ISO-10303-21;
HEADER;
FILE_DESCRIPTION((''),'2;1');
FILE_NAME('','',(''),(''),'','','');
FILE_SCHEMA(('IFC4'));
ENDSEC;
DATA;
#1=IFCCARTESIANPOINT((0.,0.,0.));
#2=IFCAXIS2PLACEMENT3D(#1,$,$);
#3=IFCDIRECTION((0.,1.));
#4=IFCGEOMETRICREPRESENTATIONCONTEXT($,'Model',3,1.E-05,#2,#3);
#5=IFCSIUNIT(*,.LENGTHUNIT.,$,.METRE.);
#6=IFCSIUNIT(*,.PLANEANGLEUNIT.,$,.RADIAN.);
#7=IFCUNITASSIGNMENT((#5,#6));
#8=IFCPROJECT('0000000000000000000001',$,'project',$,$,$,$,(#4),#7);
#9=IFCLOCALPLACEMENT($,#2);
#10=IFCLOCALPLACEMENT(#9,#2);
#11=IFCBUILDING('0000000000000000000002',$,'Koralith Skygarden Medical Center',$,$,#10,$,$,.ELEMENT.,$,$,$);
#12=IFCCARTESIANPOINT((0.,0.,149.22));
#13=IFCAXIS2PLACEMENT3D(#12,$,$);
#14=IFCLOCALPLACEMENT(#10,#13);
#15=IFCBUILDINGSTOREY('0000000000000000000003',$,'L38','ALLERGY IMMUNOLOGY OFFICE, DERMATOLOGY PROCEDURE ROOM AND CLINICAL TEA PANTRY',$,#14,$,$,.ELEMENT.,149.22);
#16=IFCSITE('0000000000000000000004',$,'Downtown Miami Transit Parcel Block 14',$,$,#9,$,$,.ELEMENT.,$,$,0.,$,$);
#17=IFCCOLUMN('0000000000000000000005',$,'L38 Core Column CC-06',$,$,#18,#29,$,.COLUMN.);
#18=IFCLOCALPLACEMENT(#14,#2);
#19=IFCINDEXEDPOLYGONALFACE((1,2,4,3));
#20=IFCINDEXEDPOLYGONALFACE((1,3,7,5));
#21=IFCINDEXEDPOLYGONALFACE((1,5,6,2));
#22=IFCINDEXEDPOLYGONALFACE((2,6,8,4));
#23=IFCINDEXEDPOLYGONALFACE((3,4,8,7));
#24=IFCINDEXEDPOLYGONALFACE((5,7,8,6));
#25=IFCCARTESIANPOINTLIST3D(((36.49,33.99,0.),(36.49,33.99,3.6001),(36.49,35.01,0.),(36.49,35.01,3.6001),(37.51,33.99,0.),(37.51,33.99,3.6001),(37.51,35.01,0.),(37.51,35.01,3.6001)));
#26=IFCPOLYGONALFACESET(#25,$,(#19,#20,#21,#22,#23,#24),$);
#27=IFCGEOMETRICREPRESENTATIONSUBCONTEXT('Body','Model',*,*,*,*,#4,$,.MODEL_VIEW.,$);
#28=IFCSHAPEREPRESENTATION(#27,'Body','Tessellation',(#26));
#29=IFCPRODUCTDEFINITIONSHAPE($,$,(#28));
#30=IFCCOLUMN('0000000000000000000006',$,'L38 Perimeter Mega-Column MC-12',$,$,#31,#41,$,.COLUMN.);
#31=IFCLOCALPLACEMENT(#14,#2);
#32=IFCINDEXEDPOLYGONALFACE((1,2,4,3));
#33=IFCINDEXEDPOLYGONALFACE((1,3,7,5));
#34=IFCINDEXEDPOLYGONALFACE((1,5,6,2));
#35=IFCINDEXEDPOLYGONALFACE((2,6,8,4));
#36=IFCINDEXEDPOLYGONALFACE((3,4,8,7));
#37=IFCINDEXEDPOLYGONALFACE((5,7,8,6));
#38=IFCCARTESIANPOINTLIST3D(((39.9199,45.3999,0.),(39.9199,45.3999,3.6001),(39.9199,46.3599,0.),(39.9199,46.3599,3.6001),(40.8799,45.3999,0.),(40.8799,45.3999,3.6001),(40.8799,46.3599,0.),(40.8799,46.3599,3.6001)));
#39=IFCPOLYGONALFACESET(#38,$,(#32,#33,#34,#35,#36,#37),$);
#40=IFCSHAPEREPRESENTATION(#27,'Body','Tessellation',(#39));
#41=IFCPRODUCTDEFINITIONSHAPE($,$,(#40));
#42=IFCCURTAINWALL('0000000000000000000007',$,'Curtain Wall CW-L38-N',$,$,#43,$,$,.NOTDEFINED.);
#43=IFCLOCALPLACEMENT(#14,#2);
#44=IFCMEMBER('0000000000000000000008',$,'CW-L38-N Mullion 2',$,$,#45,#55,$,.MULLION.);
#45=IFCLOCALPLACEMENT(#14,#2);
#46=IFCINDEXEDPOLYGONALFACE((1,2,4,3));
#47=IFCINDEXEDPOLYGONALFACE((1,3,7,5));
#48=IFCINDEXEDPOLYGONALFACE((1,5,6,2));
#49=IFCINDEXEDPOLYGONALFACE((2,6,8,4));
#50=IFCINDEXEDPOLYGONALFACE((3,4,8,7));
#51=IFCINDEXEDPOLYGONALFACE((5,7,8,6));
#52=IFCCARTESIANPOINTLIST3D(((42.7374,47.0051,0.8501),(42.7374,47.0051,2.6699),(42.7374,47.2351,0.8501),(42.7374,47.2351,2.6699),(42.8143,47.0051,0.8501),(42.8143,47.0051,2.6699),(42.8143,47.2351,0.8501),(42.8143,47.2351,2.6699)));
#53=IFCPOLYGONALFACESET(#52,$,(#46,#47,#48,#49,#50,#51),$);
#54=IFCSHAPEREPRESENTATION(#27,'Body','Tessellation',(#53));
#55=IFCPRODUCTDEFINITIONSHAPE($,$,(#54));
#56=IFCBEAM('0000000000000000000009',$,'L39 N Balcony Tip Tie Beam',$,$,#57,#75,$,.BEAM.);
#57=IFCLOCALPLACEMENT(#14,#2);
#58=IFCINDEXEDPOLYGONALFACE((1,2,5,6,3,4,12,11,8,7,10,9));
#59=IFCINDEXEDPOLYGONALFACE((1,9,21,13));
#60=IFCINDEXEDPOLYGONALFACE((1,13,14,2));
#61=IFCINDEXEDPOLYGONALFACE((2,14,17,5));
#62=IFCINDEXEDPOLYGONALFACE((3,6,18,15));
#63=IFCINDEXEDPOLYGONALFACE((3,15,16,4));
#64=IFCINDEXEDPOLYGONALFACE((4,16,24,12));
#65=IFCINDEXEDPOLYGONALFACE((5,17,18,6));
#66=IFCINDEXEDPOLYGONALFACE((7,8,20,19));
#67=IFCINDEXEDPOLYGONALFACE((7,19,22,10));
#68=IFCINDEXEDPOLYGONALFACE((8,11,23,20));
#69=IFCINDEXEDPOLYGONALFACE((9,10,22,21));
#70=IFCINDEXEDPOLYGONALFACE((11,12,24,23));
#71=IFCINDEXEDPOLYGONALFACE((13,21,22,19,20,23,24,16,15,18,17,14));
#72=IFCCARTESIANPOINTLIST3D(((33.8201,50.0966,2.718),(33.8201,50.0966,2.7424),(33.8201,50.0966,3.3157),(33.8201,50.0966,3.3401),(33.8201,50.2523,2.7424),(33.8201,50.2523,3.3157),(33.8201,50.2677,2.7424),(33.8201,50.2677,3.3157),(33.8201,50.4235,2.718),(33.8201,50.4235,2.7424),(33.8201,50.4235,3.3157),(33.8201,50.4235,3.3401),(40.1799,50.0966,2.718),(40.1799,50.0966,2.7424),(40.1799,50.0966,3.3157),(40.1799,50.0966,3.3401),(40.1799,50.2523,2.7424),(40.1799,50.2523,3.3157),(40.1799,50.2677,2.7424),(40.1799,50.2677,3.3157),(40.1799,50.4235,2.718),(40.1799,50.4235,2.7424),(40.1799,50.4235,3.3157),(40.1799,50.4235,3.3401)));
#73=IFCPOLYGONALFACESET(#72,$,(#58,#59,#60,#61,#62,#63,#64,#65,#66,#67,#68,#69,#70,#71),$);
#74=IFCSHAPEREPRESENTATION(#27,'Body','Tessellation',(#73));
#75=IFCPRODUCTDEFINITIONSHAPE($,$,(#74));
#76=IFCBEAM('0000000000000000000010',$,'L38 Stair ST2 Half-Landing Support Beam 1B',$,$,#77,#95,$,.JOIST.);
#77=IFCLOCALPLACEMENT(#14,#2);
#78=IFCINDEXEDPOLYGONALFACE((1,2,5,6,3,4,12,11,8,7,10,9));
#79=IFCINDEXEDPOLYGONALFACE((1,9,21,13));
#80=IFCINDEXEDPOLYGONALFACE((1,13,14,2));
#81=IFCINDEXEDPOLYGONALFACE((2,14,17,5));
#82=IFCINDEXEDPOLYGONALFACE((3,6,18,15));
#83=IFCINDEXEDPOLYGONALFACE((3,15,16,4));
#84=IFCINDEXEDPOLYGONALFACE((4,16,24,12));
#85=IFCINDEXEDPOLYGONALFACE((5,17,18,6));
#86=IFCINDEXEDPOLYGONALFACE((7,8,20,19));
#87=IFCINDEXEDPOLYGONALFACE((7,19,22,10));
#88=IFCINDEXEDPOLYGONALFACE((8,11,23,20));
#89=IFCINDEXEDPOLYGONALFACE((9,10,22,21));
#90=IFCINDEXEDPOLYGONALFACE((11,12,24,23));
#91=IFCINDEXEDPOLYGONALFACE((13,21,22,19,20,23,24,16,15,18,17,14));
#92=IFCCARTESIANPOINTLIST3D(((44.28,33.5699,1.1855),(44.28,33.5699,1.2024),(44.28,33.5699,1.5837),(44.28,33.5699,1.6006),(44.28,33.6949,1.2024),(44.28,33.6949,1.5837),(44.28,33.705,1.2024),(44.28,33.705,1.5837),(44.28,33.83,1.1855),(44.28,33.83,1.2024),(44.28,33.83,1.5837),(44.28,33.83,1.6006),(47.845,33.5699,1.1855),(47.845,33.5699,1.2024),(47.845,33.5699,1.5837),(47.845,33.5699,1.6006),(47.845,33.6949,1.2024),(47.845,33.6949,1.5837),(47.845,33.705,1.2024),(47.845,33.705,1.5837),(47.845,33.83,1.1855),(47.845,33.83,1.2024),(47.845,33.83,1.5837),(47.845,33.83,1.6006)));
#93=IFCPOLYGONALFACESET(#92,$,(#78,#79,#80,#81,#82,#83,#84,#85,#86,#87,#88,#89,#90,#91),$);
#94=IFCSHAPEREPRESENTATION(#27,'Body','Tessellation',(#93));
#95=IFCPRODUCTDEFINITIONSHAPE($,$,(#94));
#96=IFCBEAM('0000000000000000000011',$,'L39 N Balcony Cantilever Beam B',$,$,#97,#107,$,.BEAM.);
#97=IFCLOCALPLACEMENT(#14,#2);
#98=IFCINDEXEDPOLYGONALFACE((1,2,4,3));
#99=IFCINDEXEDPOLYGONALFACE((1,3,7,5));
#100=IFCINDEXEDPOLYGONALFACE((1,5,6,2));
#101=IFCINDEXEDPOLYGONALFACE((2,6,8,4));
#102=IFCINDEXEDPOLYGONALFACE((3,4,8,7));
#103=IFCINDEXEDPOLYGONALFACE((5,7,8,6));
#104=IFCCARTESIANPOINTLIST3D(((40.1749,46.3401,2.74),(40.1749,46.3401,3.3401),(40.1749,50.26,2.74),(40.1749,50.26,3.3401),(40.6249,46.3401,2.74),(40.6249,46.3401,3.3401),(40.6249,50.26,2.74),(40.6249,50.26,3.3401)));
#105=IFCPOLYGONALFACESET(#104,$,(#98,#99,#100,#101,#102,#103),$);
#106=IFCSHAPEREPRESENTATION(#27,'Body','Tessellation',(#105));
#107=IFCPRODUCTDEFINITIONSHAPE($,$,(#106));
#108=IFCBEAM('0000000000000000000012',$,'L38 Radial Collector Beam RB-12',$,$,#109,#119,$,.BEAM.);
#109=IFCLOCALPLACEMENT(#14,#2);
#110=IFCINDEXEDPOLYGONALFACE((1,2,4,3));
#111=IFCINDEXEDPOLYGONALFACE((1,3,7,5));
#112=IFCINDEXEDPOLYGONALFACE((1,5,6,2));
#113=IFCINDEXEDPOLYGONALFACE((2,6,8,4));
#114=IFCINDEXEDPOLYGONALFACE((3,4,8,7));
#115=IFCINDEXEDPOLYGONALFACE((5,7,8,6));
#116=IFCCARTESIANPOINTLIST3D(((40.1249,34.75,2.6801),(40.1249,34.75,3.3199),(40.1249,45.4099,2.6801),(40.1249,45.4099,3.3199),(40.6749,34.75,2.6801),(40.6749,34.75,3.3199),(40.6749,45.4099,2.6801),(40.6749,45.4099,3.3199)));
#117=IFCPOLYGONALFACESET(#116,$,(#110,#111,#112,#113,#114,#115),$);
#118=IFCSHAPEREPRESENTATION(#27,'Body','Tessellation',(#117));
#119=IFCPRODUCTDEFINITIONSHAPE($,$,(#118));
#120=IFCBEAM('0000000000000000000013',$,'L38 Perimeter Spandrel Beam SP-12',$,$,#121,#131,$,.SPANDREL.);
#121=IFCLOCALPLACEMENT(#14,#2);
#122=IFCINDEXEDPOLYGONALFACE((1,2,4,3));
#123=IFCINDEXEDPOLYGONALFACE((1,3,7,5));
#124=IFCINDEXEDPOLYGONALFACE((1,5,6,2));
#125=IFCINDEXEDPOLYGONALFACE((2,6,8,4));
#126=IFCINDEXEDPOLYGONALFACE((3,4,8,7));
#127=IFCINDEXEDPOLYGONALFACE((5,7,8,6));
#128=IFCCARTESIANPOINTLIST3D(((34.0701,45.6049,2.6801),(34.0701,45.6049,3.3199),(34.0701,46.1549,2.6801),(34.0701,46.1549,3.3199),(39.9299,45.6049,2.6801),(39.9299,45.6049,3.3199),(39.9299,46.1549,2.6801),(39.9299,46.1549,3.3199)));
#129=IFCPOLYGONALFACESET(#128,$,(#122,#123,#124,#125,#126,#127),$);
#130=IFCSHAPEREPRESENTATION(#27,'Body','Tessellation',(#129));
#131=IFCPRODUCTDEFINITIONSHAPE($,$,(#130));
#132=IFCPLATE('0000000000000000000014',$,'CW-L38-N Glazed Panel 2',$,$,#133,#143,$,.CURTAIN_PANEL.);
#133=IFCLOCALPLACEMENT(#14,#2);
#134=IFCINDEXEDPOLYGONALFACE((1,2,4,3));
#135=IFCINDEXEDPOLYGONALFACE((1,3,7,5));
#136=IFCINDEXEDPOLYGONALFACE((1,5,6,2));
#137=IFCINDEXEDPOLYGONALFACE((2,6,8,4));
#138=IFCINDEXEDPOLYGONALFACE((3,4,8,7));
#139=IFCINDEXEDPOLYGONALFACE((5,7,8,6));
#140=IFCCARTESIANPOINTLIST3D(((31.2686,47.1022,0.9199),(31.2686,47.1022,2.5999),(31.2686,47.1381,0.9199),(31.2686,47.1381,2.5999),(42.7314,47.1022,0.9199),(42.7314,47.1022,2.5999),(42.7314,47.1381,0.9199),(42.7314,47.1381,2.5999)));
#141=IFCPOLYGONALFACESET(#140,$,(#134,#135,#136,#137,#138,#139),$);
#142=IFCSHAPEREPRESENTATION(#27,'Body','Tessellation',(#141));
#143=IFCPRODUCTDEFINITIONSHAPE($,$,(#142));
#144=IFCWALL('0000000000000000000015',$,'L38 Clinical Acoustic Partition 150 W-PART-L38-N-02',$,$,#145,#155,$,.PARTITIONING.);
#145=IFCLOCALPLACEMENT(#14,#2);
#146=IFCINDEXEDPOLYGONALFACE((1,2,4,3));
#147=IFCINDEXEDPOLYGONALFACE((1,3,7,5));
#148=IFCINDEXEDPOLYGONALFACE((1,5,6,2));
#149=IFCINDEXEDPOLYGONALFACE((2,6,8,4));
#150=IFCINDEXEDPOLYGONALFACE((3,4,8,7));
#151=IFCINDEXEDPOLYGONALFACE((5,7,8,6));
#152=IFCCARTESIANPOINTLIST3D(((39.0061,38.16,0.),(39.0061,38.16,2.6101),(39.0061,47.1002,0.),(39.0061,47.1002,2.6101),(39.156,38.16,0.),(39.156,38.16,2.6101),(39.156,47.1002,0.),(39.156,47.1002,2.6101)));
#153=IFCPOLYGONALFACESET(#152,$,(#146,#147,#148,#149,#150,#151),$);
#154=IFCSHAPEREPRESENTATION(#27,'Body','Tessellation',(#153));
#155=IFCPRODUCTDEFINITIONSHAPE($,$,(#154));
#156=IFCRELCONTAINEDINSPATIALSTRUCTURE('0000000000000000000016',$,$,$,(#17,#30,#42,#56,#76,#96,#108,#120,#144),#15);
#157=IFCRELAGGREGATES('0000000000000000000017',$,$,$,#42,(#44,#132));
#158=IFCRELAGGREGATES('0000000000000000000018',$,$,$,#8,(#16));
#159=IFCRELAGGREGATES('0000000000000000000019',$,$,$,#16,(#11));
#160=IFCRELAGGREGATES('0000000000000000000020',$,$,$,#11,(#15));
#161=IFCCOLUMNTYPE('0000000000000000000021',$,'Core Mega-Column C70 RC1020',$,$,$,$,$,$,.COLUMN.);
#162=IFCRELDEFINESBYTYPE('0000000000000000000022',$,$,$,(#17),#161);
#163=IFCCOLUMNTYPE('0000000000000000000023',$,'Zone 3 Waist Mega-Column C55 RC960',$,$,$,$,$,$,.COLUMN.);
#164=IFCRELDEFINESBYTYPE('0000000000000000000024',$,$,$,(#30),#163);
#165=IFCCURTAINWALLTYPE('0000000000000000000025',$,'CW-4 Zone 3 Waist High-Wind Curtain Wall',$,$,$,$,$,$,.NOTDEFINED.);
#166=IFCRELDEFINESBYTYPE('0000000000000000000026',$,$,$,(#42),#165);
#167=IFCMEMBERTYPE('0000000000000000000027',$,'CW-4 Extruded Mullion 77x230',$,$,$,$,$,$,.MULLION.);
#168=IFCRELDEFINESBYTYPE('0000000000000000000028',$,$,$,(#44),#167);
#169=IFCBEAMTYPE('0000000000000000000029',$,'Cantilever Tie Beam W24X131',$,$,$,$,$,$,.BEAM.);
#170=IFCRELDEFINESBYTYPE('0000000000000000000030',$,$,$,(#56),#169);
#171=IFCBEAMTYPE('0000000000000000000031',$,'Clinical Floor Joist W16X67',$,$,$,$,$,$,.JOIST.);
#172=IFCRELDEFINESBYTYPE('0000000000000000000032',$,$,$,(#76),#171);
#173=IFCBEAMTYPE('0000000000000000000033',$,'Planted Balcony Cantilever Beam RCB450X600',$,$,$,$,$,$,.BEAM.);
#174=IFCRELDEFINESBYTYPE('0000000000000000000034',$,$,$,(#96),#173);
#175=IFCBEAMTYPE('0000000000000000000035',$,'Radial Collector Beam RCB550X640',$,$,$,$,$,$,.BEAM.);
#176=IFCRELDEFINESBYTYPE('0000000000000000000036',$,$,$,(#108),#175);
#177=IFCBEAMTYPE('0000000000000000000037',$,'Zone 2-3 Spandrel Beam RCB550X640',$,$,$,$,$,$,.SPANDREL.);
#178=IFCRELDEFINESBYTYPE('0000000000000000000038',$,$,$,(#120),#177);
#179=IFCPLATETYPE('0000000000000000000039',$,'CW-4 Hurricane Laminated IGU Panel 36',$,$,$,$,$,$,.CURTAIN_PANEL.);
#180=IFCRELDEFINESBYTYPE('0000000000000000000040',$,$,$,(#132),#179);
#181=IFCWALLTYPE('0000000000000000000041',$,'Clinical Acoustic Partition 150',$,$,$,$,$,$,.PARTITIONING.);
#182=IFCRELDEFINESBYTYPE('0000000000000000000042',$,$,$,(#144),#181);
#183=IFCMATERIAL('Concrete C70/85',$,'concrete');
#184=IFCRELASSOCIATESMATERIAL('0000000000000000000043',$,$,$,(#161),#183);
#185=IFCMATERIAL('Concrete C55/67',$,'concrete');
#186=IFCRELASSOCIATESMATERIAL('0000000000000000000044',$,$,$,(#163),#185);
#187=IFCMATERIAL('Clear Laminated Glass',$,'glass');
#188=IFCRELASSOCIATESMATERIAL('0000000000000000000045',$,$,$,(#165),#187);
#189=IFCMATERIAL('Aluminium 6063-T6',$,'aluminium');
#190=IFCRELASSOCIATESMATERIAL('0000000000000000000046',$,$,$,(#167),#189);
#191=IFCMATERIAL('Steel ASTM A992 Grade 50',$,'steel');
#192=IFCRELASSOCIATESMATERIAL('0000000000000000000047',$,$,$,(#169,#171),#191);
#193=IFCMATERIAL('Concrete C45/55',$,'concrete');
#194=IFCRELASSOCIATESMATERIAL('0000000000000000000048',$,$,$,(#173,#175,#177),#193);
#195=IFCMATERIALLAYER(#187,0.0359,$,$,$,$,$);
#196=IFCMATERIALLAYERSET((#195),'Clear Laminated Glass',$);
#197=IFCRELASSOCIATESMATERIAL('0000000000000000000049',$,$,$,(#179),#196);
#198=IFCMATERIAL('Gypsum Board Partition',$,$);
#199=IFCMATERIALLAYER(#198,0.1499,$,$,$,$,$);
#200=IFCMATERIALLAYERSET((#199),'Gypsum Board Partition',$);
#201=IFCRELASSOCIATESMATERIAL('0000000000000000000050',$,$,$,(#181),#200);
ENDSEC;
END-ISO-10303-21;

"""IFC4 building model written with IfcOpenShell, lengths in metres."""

from ifc_helpers import new_model, si_unit, direction, frame, frame_2d, origin, origin_2d, place, context, subcontext, project, spatial, rectangle, i_section, extrude, material, layer, layer_set, material_profile, profile_set, type_object, element, aggregate, save


model = new_model("IFC4")

# Units and contexts
model_context = context("Model", 3, precision=1e-05, world=origin(), true_north=direction((0.0, 1.0)))
body_context = subcontext(model_context, "Body", "Model", "MODEL_VIEW")
ifc_project = project(units=[si_unit("LENGTHUNIT", "METRE"), si_unit("PLANEANGLEUNIT", "RADIAN")], contexts=[model_context])

# Site, building, storey
site_placement = place(None, origin())
site = spatial("IfcSite", under=ifc_project, at=site_placement, Name="Downtown Miami Transit Parcel Block 14", CompositionType="ELEMENT", RefElevation=0.0)
building_placement = place(site_placement, origin())
building = spatial("IfcBuilding", under=site, at=building_placement, Name="Koralith Skygarden Medical Center", CompositionType="ELEMENT")
storey_placement = place(building_placement, frame((0.0, 0.0, 149.22)))
storey = spatial("IfcBuildingStorey", under=building, at=storey_placement, Name="L38", Description="ALLERGY IMMUNOLOGY OFFICE, DERMATOLOGY PROCEDURE ROOM AND CLINICAL TEA PANTRY", CompositionType="ELEMENT", Elevation=149.22)

# Columns
ifc_material_1 = material(Name="Concrete C70/85", Category="concrete")
ifc_material_profile_1 = material_profile(ifc_material_1, rectangle(XDim=1.02, YDim=1.02, at=origin_2d()), Name="RC1020X1020")
ifc_profile_set_1 = profile_set([ifc_material_profile_1], Name="Concrete C70/85")
column_type_1 = type_object("IfcColumnType", Name="Core Mega-Column C70 RC1020", PredefinedType="COLUMN", material=ifc_profile_set_1)
column_1_placement = place(storey_placement, frame((37.0, 34.5, 0.0), z_axis=(0.0, 0.0, 1.0), x_axis=(1.0, 0.0, 0.0)))
element("IfcColumn", 1, at=column_1_placement, inside=storey, type_object=column_type_1, Name="L38 Core Column CC-06", PredefinedType="COLUMN", context=body_context, shape_type="SweptSolid", body=[
    extrude(rectangle(XDim=1.02, YDim=1.02, at=origin_2d()), origin(), (0.0, 0.0, 1.0), 3.6001),
])
ifc_material_2 = material(Name="Concrete C55/67", Category="concrete")
ifc_material_profile_2 = material_profile(ifc_material_2, rectangle(XDim=0.96, YDim=0.96, at=origin_2d()), Name="RC960X960")
ifc_profile_set_2 = profile_set([ifc_material_profile_2], Name="Concrete C55/67")
column_type_2 = type_object("IfcColumnType", Name="Zone 3 Waist Mega-Column C55 RC960", PredefinedType="COLUMN", material=ifc_profile_set_2)
column_2_placement = place(storey_placement, frame((40.3999, 45.8799, 0.0), z_axis=(0.0, 0.0, 1.0), x_axis=(1.0, 0.0, 0.0)))
element("IfcColumn", 2, at=column_2_placement, inside=storey, type_object=column_type_2, Name="L38 Perimeter Mega-Column MC-12", PredefinedType="COLUMN", context=body_context, shape_type="SweptSolid", body=[
    extrude(rectangle(XDim=0.96, YDim=0.96, at=origin_2d()), origin(), (0.0, 0.0, 1.0), 3.6001),
])

# Curtain wall, member
ifc_material_3 = material(Name="Clear Laminated Glass", Category="glass")
curtain_wall_type = type_object("IfcCurtainWallType", Name="CW-4 Zone 3 Waist High-Wind Curtain Wall", PredefinedType="NOTDEFINED", material=ifc_material_3)
curtain_wall_placement = place(storey_placement, origin())
curtain_wall = element("IfcCurtainWall", 3, at=curtain_wall_placement, inside=storey, type_object=curtain_wall_type, Name="Curtain Wall CW-L38-N", PredefinedType="NOTDEFINED")
ifc_material_4 = material(Name="Aluminium 6063-T6", Category="aluminium")
ifc_material_profile_3 = material_profile(ifc_material_4, rectangle(XDim=0.0769, YDim=0.23, at=origin_2d()), Name="MUL77X230")
ifc_profile_set_3 = profile_set([ifc_material_profile_3], Name="Aluminium 6063-T6")
member_type = type_object("IfcMemberType", Name="CW-4 Extruded Mullion 77x230", PredefinedType="MULLION", material=ifc_profile_set_3)
member_placement = place(storey_placement, frame((42.7759, 47.1201, 0.8501), z_axis=(0.0, 0.0, 1.0), x_axis=(1.0, 0.0, 0.0)))
member = element("IfcMember", 4, at=member_placement, type_object=member_type, Name="CW-L38-N Mullion 2", PredefinedType="MULLION", context=body_context, shape_type="SweptSolid", body=[
    extrude(rectangle(XDim=0.0769, YDim=0.23, at=origin_2d()), origin(), (0.0, 0.0, 1.0), 1.8198),
])

# Beams
ifc_material_5 = material(Name="Steel ASTM A992 Grade 50", Category="steel")
ifc_material_profile_4 = material_profile(ifc_material_5, i_section(OverallWidth=0.3269, OverallDepth=0.6221, WebThickness=0.0154, FlangeThickness=0.0244, at=origin_2d()), Name="W24X131")
ifc_profile_set_4 = profile_set([ifc_material_profile_4], Name="Steel ASTM A992 Grade 50")
beam_type_1 = type_object("IfcBeamType", Name="Cantilever Tie Beam W24X131", PredefinedType="BEAM", material=ifc_profile_set_4)
beam_1_placement = place(storey_placement, frame((33.8201, 50.26, 3.0291), z_axis=(1.0, 0.0, 0.0), x_axis=(0.0, 1.0, 0.0)))
element("IfcBeam", 5, at=beam_1_placement, inside=storey, type_object=beam_type_1, Name="L39 N Balcony Tip Tie Beam", PredefinedType="BEAM", context=body_context, shape_type="SweptSolid", body=[
    extrude(i_section(OverallWidth=0.3269, OverallDepth=0.6221, WebThickness=0.0154, FlangeThickness=0.0244, at=origin_2d()), origin(), (0.0, 0.0, 1.0), 6.3599),
])
ifc_material_profile_5 = material_profile(ifc_material_5, i_section(OverallWidth=0.26, OverallDepth=0.415, WebThickness=0.01, FlangeThickness=0.0168, at=origin_2d()), Name="W16X67")
ifc_profile_set_5 = profile_set([ifc_material_profile_5], Name="Steel ASTM A992 Grade 50")
beam_type_2 = type_object("IfcBeamType", Name="Clinical Floor Joist W16X67", PredefinedType="JOIST", material=ifc_profile_set_5)
beam_2_placement = place(storey_placement, frame((44.28, 33.7, 1.3931), z_axis=(1.0, 0.0, 0.0), x_axis=(0.0, 1.0, 0.0)))
element("IfcBeam", 6, at=beam_2_placement, inside=storey, type_object=beam_type_2, Name="L38 Stair ST2 Half-Landing Support Beam 1B", PredefinedType="JOIST", context=body_context, shape_type="SweptSolid", body=[
    extrude(i_section(OverallWidth=0.26, OverallDepth=0.415, WebThickness=0.01, FlangeThickness=0.0168, at=origin_2d()), origin(), (0.0, 0.0, 1.0), 3.5649),
])
ifc_material_6 = material(Name="Concrete C45/55", Category="concrete")
ifc_material_profile_6 = material_profile(ifc_material_6, rectangle(XDim=0.45, YDim=0.6001, at=origin_2d()), Name="RCB450X600")
ifc_profile_set_6 = profile_set([ifc_material_profile_6], Name="Concrete C45/55")
beam_type_3 = type_object("IfcBeamType", Name="Planted Balcony Cantilever Beam RCB450X600", PredefinedType="BEAM", material=ifc_profile_set_6)
beam_3_placement = place(storey_placement, frame((40.3999, 46.3401, 3.04), z_axis=(0.0, 1.0, 0.0), x_axis=(-1.0, 0.0, 0.0)))
element("IfcBeam", 7, at=beam_3_placement, inside=storey, type_object=beam_type_3, Name="L39 N Balcony Cantilever Beam B", PredefinedType="BEAM", context=body_context, shape_type="SweptSolid", body=[
    extrude(rectangle(XDim=0.45, YDim=0.6001, at=origin_2d()), origin(), (0.0, 0.0, 1.0), 3.9199),
])
ifc_material_profile_7 = material_profile(ifc_material_6, rectangle(XDim=0.55, YDim=0.6399, at=origin_2d()), Name="RCB550X640")
ifc_profile_set_7 = profile_set([ifc_material_profile_7], Name="Concrete C45/55")
beam_type_4 = type_object("IfcBeamType", Name="Radial Collector Beam RCB550X640", PredefinedType="BEAM", material=ifc_profile_set_7)
beam_4_placement = place(storey_placement, frame((40.3999, 34.75, 3.0), z_axis=(0.0, 1.0, 0.0), x_axis=(-1.0, 0.0, 0.0)))
element("IfcBeam", 8, at=beam_4_placement, inside=storey, type_object=beam_type_4, Name="L38 Radial Collector Beam RB-12", PredefinedType="BEAM", context=body_context, shape_type="SweptSolid", body=[
    extrude(rectangle(XDim=0.55, YDim=0.6399, at=origin_2d()), origin(), (0.0, 0.0, 1.0), 10.6599),
])
ifc_material_profile_8 = material_profile(ifc_material_6, rectangle(XDim=0.55, YDim=0.6399, at=origin_2d()), Name="RCB550X640")
ifc_profile_set_8 = profile_set([ifc_material_profile_8], Name="Concrete C45/55")
beam_type_5 = type_object("IfcBeamType", Name="Zone 2-3 Spandrel Beam RCB550X640", PredefinedType="SPANDREL", material=ifc_profile_set_8)
beam_5_placement = place(storey_placement, frame((39.9299, 45.8799, 3.0), z_axis=(-1.0, 0.0, 0.0), x_axis=(0.0, -1.0, 0.0)))
element("IfcBeam", 9, at=beam_5_placement, inside=storey, type_object=beam_type_5, Name="L38 Perimeter Spandrel Beam SP-12", PredefinedType="SPANDREL", context=body_context, shape_type="SweptSolid", body=[
    extrude(rectangle(XDim=0.55, YDim=0.6399, at=origin_2d()), origin(), (0.0, 0.0, 1.0), 5.8599),
])

# Plate
ifc_layer_1 = layer(ifc_material_3, 0.0359)
ifc_layer_set_1 = layer_set([ifc_layer_1], Name="Clear Laminated Glass")
plate_type = type_object("IfcPlateType", Name="CW-4 Hurricane Laminated IGU Panel 36", PredefinedType="CURTAIN_PANEL", material=ifc_layer_set_1)
plate_placement = place(storey_placement, frame((37.0, 47.1201, 0.9199), z_axis=(0.0, 0.0, 1.0), x_axis=(-1.0, 0.0, 0.0)))
plate = element("IfcPlate", 10, at=plate_placement, type_object=plate_type, Name="CW-L38-N Glazed Panel 2", PredefinedType="CURTAIN_PANEL", context=body_context, shape_type="SweptSolid", body=[
    extrude(rectangle(XDim=11.4629, YDim=0.0359, at=origin_2d()), origin(), (0.0, 0.0, 1.0), 1.6799),
])
aggregate(curtain_wall, [member, plate])

# Wall
ifc_material_7 = material(Name="Gypsum Board Partition")
ifc_layer_2 = layer(ifc_material_7, 0.1499)
ifc_layer_set_2 = layer_set([ifc_layer_2], Name="Gypsum Board Partition")
wall_type_1 = type_object("IfcWallType", Name="Clinical Acoustic Partition 150", PredefinedType="PARTITIONING", material=ifc_layer_set_2)
wall_1_placement = place(storey_placement, frame((39.0811, 38.1599, 0.0), z_axis=(0.0, 0.0, 1.0), x_axis=(0.0, 1.0, 0.0)))
element("IfcWall", 11, at=wall_1_placement, inside=storey, type_object=wall_type_1, Name="L38 Clinical Acoustic Partition 150 W-PART-L38-N-02", PredefinedType="PARTITIONING", context=body_context, shape_type="SweptSolid", body=[
    extrude(rectangle(XDim=8.9402, YDim=0.1499, at=frame_2d((4.4702, 0.0))), origin(), (0.0, 0.0, 1.0), 2.6101),
])

save(model, "model.ifc")
